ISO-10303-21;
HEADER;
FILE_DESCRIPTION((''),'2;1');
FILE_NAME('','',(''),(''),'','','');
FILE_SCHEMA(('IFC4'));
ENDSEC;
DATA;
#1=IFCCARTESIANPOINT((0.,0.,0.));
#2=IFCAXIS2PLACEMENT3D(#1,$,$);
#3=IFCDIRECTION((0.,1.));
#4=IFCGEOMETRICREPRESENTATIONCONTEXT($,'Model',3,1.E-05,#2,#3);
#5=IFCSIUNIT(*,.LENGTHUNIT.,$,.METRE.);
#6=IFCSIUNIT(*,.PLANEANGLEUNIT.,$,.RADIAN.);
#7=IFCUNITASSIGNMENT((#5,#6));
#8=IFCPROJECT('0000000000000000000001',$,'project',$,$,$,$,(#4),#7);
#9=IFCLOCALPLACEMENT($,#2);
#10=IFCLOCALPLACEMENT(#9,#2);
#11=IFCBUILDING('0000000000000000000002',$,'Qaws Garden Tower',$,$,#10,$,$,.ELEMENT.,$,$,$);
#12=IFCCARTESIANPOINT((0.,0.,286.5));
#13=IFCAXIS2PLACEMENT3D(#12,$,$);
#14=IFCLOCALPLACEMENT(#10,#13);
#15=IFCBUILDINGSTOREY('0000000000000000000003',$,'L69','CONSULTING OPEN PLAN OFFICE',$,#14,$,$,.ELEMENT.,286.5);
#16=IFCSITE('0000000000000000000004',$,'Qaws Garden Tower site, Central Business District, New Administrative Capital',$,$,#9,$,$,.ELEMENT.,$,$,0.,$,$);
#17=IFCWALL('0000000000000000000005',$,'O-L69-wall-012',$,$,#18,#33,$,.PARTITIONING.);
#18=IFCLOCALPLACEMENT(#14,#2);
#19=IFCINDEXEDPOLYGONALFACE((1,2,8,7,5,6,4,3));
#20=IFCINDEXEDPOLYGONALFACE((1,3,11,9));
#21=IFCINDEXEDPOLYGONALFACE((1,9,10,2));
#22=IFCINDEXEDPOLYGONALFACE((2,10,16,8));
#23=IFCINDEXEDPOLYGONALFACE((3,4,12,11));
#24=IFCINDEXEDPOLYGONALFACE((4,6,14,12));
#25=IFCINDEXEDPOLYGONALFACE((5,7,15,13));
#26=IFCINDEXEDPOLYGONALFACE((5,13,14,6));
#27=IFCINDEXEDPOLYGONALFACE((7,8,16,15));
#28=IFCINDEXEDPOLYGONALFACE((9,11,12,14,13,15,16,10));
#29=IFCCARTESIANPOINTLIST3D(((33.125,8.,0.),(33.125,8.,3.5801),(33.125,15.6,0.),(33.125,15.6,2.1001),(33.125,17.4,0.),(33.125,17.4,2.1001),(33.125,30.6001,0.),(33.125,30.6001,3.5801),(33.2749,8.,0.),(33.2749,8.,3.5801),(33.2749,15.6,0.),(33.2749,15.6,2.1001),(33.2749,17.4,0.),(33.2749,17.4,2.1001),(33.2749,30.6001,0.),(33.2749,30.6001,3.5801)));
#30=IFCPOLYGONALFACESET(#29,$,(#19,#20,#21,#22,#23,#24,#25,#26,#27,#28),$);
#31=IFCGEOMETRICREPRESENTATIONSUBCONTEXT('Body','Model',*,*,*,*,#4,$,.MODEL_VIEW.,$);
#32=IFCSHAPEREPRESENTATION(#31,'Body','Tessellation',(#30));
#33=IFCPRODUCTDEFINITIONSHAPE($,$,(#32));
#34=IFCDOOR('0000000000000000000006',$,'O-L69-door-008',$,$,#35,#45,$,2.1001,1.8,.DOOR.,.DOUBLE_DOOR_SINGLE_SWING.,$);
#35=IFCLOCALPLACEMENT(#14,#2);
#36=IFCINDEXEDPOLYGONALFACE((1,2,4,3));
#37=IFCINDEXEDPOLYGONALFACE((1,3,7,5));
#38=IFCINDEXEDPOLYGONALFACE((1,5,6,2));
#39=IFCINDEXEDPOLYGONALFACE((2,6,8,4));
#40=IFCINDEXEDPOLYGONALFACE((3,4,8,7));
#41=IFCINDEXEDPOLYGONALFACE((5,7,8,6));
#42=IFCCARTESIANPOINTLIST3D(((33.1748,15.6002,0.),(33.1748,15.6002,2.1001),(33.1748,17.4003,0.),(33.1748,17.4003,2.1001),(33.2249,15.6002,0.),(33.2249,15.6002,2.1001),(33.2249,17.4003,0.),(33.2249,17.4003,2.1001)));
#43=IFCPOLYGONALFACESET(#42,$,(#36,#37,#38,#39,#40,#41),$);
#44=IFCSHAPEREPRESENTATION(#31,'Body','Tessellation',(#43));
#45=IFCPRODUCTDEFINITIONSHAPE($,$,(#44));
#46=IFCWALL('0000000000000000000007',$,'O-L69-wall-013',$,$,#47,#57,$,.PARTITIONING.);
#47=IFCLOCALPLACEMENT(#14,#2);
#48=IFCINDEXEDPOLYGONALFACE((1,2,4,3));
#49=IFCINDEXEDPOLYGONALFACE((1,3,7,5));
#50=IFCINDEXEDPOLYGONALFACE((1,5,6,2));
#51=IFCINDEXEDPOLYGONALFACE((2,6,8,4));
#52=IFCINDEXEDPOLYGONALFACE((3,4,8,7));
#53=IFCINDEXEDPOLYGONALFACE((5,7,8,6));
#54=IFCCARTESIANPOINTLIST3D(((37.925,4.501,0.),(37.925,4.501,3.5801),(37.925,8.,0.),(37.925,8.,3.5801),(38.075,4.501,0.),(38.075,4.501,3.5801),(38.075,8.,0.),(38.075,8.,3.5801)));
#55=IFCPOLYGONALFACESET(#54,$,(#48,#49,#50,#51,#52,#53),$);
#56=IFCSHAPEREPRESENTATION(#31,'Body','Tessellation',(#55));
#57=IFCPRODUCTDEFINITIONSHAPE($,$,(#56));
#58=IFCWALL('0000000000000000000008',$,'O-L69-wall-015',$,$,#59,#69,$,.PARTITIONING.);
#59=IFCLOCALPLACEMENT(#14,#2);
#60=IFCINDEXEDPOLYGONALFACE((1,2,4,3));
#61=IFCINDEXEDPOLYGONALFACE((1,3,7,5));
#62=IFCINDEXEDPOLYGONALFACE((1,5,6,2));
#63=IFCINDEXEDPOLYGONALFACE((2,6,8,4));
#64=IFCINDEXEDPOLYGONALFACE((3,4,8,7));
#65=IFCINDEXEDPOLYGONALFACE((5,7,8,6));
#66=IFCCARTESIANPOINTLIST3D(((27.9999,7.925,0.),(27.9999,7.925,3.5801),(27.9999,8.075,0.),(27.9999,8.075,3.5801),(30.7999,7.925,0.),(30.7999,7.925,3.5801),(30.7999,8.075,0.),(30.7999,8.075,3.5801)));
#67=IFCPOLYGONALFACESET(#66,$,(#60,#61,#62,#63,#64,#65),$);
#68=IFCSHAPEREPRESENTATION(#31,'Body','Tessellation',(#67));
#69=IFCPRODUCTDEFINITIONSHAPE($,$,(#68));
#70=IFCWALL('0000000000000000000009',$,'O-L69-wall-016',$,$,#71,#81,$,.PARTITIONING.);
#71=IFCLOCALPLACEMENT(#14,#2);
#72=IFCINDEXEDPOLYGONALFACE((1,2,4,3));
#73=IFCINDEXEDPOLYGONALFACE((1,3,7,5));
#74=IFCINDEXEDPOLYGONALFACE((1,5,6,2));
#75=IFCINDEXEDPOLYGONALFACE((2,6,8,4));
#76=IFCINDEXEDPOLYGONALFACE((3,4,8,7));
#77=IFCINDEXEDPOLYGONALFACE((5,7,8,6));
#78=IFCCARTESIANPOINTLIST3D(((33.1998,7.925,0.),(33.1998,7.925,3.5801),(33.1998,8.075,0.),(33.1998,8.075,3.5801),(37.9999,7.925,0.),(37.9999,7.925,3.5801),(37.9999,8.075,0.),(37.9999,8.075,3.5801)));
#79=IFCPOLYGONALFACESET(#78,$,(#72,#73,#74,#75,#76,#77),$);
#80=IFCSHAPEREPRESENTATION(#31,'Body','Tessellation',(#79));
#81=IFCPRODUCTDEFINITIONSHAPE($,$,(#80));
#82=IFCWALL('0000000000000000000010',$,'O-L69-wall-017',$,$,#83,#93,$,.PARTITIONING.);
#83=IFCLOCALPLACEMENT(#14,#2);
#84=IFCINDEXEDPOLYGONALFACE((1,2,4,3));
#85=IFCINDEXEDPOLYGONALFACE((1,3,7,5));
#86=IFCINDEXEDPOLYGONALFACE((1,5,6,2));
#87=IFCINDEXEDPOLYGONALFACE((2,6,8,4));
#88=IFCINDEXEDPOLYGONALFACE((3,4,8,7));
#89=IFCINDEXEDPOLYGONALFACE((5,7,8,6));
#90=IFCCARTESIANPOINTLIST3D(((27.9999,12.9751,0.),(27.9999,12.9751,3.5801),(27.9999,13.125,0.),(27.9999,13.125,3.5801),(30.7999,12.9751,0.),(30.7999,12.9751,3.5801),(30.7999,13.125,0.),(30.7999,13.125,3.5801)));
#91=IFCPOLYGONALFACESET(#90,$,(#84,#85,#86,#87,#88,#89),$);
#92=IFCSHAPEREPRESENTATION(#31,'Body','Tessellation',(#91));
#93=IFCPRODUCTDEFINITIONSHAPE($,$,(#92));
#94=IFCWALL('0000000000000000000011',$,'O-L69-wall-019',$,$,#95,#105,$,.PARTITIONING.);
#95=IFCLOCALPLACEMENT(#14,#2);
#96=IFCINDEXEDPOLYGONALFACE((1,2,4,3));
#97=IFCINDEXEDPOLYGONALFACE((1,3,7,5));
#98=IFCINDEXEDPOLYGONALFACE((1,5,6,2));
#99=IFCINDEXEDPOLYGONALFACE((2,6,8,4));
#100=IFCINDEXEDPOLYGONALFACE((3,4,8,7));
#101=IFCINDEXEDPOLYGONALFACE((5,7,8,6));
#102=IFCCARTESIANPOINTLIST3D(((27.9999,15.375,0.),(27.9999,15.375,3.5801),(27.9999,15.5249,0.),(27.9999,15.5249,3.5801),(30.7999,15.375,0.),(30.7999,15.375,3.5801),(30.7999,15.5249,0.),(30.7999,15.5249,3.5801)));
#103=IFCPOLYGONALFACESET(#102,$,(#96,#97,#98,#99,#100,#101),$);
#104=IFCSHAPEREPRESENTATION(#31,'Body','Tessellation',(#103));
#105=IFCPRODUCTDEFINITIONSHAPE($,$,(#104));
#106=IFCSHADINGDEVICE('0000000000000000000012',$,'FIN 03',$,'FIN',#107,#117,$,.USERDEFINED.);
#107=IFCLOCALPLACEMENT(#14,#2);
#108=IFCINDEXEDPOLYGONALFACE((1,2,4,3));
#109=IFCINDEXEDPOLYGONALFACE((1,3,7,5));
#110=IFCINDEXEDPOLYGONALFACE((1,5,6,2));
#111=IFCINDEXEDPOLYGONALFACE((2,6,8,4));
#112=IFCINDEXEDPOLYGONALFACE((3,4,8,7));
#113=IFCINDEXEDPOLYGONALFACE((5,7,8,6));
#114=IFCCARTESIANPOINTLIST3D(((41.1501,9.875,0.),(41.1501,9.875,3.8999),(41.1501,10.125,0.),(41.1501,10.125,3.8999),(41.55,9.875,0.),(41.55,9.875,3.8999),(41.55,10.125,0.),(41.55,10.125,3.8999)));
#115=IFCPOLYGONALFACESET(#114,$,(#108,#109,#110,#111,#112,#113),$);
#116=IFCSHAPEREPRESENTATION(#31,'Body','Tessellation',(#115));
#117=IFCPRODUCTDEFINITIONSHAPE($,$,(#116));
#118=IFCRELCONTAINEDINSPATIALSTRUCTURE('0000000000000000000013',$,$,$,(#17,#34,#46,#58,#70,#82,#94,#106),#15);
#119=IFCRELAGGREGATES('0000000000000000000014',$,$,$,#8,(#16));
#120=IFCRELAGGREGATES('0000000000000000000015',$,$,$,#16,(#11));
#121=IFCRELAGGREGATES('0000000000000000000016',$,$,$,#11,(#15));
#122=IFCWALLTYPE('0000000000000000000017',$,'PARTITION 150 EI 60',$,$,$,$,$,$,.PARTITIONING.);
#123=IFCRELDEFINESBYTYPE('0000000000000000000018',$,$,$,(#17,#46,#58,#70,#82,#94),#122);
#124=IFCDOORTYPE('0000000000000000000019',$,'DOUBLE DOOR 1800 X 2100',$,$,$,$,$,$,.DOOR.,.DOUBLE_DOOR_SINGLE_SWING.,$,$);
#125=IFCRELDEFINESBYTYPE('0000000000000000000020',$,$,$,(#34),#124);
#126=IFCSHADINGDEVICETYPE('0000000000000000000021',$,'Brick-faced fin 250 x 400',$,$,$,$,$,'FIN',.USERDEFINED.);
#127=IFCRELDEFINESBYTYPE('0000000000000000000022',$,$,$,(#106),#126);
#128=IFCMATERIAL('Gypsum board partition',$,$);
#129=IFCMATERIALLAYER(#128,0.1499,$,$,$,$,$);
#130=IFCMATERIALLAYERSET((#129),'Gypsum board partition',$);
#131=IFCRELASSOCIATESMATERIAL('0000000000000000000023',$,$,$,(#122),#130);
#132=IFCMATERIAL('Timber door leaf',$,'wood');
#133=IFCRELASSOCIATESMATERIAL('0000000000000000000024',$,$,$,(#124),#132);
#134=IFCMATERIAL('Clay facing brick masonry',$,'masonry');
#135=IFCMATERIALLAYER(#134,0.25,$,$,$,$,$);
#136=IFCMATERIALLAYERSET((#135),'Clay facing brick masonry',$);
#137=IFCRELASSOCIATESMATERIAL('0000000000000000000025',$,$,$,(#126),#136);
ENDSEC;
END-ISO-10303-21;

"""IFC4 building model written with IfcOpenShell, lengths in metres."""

from ifc_helpers import new_model, si_unit, direction, frame, frame_2d, origin, origin_2d, place, context, subcontext, project, spatial, rectangle, extrude, material, layer, layer_set, type_object, element, fill, save


model = new_model("IFC4")

# Units and contexts
model_context = context("Model", 3, precision=1e-05, world=origin(), true_north=direction((0.0, 1.0)))
body_context = subcontext(model_context, "Body", "Model", "MODEL_VIEW")
ifc_project = project(units=[si_unit("LENGTHUNIT", "METRE"), si_unit("PLANEANGLEUNIT", "RADIAN")], contexts=[model_context])

# Site, building, storey
site_placement = place(None, origin())
site = spatial("IfcSite", under=ifc_project, at=site_placement, Name="Qaws Garden Tower site, Central Business District, New Administrative Capital", CompositionType="ELEMENT", RefElevation=0.0)
building_placement = place(site_placement, origin())
building = spatial("IfcBuilding", under=site, at=building_placement, Name="Qaws Garden Tower", CompositionType="ELEMENT")
storey_placement = place(building_placement, frame((0.0, 0.0, 286.5)))
storey = spatial("IfcBuildingStorey", under=building, at=storey_placement, Name="L69", Description="CONSULTING OPEN PLAN OFFICE", CompositionType="ELEMENT", Elevation=286.5)

# Wall, opening, door
ifc_material_1 = material(Name="Gypsum board partition")
ifc_layer_1 = layer(ifc_material_1, 0.1499)
ifc_layer_set_1 = layer_set([ifc_layer_1], Name="Gypsum board partition")
wall_type_1 = type_object("IfcWallType", Name="PARTITION 150 EI 60", PredefinedType="PARTITIONING", material=ifc_layer_set_1)
wall_1_placement = place(storey_placement, frame((33.2, 8.0, 0.0), z_axis=(0.0, 0.0, 1.0), x_axis=(0.0, 1.0, 0.0)))
wall_1 = element("IfcWall", 1, at=wall_1_placement, inside=storey, type_object=wall_type_1, Name="O-L69-wall-012", PredefinedType="PARTITIONING", context=body_context, shape_type="SweptSolid", body=[
    extrude(rectangle(XDim=22.6001, YDim=0.1499, at=frame_2d((11.3, 0.0))), origin(), (0.0, 0.0, 1.0), 3.5801),
])
opening_1_placement = place(wall_1_placement, frame((7.6001, 0.0, 0.0)))
opening_1 = element("IfcOpeningElement", 2, at=opening_1_placement, cuts=wall_1, PredefinedType="OPENING", context=body_context, shape_type="SweptSolid", body=[
    extrude(rectangle(XDim=1.8, YDim=2.1001, at=frame_2d((0.8999, 1.05))), frame((0.0, 0.085, 0.0), z_axis=(0.0, -1.0, 0.0), x_axis=(1.0, 0.0, 0.0)), (0.0, 0.0, 1.0), 0.1699),
])
ifc_material_2 = material(Name="Timber door leaf", Category="wood")
door_type_1 = type_object("IfcDoorType", Name="DOUBLE DOOR 1800 X 2100", OperationType="DOUBLE_DOOR_SINGLE_SWING", PredefinedType="DOOR", material=ifc_material_2)
door_1_placement = place(opening_1_placement, frame((1.8, 0.0, 0.0), z_axis=(0.0, 0.0, 1.0), x_axis=(-1.0, 0.0, 0.0)))
door_1 = element("IfcDoor", 3, at=door_1_placement, inside=storey, type_object=door_type_1, Name="O-L69-door-008", OperationType="DOUBLE_DOOR_SINGLE_SWING", OverallHeight=2.1001, OverallWidth=1.8, PredefinedType="DOOR", context=body_context, shape_type="SweptSolid", body=[
    extrude(rectangle(XDim=1.8, YDim=2.1001, at=frame_2d((0.8999, 1.05))), frame((0.0, 0.0249, 0.0), z_axis=(0.0, -1.0, 0.0), x_axis=(1.0, 0.0, 0.0)), (0.0, 0.0, 1.0), 0.05),
])
fill(opening_1, door_1)

# Walls
wall_2_placement = place(storey_placement, frame((38.0, 4.501, 0.0), z_axis=(0.0, 0.0, 1.0), x_axis=(0.0, 1.0, 0.0)))
element("IfcWall", 4, at=wall_2_placement, inside=storey, type_object=wall_type_1, Name="O-L69-wall-013", PredefinedType="PARTITIONING", context=body_context, shape_type="SweptSolid", body=[
    extrude(rectangle(XDim=3.499, YDim=0.1499, at=frame_2d((1.7495, 0.0))), origin(), (0.0, 0.0, 1.0), 3.5801),
])
wall_3_placement = place(storey_placement, frame((28.0, 8.0, 0.0), z_axis=(0.0, 0.0, 1.0), x_axis=(1.0, 0.0, 0.0)))
element("IfcWall", 5, at=wall_3_placement, inside=storey, type_object=wall_type_1, Name="O-L69-wall-015", PredefinedType="PARTITIONING", context=body_context, shape_type="SweptSolid", body=[
    extrude(rectangle(XDim=2.8, YDim=0.1499, at=frame_2d((1.3999, 0.0))), origin(), (0.0, 0.0, 1.0), 3.5801),
])
wall_4_placement = place(storey_placement, frame((33.2, 8.0, 0.0), z_axis=(0.0, 0.0, 1.0), x_axis=(1.0, 0.0, 0.0)))
element("IfcWall", 6, at=wall_4_placement, inside=storey, type_object=wall_type_1, Name="O-L69-wall-016", PredefinedType="PARTITIONING", context=body_context, shape_type="SweptSolid", body=[
    extrude(rectangle(XDim=4.8, YDim=0.1499, at=frame_2d((2.3999, 0.0))), origin(), (0.0, 0.0, 1.0), 3.5801),
])
for number, where, z_axis, x_axis, name in (
    (7, (28.0, 13.05, 0.0), (0.0, 0.0, 1.0), (1.0, 0.0, 0.0), "O-L69-wall-017"),
    (8, (28.0, 15.45, 0.0), (0.0, 0.0, 1.0), (1.0, 0.0, 0.0), "O-L69-wall-019"),
):
    element("IfcWall", number, at=place(storey_placement, frame(where, z_axis=z_axis, x_axis=x_axis)), inside=storey, type_object=wall_type_1, Name=name, PredefinedType="PARTITIONING", context=body_context, shape_type="SweptSolid", body=[
        extrude(rectangle(XDim=2.8, YDim=0.1499, at=frame_2d((1.3999, 0.0))), origin(), (0.0, 0.0, 1.0), 3.5801),
    ])

# Shading device
ifc_material_3 = material(Name="Clay facing brick masonry", Category="masonry")
ifc_layer_2 = layer(ifc_material_3, 0.25)
ifc_layer_set_2 = layer_set([ifc_layer_2], Name="Clay facing brick masonry")
shading_device_type = type_object("IfcShadingDeviceType", Name="Brick-faced fin 250 x 400", ElementType="FIN", PredefinedType="USERDEFINED", material=ifc_layer_set_2)
shading_device_placement = place(storey_placement, frame((41.3501, 10.0, 0.0), z_axis=(0.0, 0.0, 1.0), x_axis=(0.0, 1.0, 0.0)))
element("IfcShadingDevice", 9, at=shading_device_placement, inside=storey, type_object=shading_device_type, Name="FIN 03", ObjectType="FIN", PredefinedType="USERDEFINED", context=body_context, shape_type="SweptSolid", body=[
    extrude(rectangle(XDim=0.25, YDim=0.3999, at=origin_2d()), origin(), (0.0, 0.0, 1.0), 3.8999),
])

save(model, "model.ifc")
